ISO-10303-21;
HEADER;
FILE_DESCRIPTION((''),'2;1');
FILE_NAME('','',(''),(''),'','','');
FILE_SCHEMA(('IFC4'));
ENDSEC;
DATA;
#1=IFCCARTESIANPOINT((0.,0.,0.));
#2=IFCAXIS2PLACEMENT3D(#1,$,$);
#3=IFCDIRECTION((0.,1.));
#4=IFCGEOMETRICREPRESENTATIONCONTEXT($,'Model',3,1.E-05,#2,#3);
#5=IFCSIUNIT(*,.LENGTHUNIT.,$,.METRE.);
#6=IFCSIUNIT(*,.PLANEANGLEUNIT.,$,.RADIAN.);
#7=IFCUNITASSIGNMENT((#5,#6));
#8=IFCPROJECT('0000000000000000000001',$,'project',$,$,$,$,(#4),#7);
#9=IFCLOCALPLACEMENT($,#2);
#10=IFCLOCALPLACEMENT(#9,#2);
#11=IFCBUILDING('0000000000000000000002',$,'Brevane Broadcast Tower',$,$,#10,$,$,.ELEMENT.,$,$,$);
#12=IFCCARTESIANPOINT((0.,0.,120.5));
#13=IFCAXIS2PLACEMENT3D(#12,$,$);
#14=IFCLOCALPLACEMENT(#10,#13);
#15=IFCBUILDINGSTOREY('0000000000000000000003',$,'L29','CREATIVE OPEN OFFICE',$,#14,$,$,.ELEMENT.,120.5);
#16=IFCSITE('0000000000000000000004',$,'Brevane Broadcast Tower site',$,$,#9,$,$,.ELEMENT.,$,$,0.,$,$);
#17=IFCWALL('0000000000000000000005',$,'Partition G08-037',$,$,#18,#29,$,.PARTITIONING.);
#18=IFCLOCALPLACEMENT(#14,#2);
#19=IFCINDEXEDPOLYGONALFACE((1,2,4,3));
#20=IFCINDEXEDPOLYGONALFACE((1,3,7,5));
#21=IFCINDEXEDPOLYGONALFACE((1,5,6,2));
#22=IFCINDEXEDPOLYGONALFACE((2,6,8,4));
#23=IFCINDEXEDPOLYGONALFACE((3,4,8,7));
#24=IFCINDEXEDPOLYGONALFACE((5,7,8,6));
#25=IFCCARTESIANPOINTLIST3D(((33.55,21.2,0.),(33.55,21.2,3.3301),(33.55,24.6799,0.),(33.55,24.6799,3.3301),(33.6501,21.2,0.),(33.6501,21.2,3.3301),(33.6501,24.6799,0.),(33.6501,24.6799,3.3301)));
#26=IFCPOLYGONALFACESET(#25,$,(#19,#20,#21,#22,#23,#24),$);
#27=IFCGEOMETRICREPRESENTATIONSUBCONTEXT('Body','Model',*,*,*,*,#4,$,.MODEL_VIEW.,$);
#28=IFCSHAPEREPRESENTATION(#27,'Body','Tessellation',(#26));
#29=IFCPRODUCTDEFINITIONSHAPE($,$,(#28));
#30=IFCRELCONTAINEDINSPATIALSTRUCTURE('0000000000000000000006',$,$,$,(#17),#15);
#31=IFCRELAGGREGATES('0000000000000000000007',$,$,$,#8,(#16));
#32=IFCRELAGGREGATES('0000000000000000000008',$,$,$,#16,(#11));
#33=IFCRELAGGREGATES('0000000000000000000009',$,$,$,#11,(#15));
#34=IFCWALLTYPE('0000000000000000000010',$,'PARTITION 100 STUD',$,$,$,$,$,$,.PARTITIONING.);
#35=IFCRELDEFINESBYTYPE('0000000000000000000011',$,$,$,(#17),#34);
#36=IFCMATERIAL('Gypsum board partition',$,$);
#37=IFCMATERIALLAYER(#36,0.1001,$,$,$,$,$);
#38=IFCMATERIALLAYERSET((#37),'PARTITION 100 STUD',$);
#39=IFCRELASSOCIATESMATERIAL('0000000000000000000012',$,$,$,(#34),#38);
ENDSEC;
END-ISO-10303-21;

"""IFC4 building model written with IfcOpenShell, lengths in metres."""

from ifc_helpers import new_model, si_unit, direction, frame, frame_2d, origin, place, context, subcontext, project, spatial, rectangle, extrude, material, layer, layer_set, type_object, element, save


model = new_model("IFC4")

# Units and contexts
model_context = context("Model", 3, precision=1e-05, world=origin(), true_north=direction((0.0, 1.0)))
body_context = subcontext(model_context, "Body", "Model", "MODEL_VIEW")
ifc_project = project(units=[si_unit("LENGTHUNIT", "METRE"), si_unit("PLANEANGLEUNIT", "RADIAN")], contexts=[model_context])

# Site, building, storey
site_placement = place(None, origin())
site = spatial("IfcSite", under=ifc_project, at=site_placement, Name="Brevane Broadcast Tower site", CompositionType="ELEMENT", RefElevation=0.0)
building_placement = place(site_placement, origin())
building = spatial("IfcBuilding", under=site, at=building_placement, Name="Brevane Broadcast Tower", CompositionType="ELEMENT")
storey_placement = place(building_placement, frame((0.0, 0.0, 120.5)))
storey = spatial("IfcBuildingStorey", under=building, at=storey_placement, Name="L29", Description="CREATIVE OPEN OFFICE", CompositionType="ELEMENT", Elevation=120.5)

# Wall
ifc_material_1 = material(Name="Gypsum board partition")
ifc_layer = layer(ifc_material_1, 0.1001)
ifc_layer_set = layer_set([ifc_layer], Name="PARTITION 100 STUD")
wall_type = type_object("IfcWallType", Name="PARTITION 100 STUD", PredefinedType="PARTITIONING", material=ifc_layer_set)
wall_1_placement = place(storey_placement, frame((33.6001, 24.6799, 0.0), z_axis=(0.0, 0.0, 1.0), x_axis=(0.0, -1.0, 0.0)))
element("IfcWall", 1, at=wall_1_placement, inside=storey, type_object=wall_type, Name="Partition G08-037", PredefinedType="PARTITIONING", context=body_context, shape_type="SweptSolid", body=[
    extrude(rectangle(XDim=3.48, YDim=0.1001, at=frame_2d((1.74, 0.0))), origin(), (0.0, 0.0, 1.0), 3.3301),
])

save(model, "model.ifc")
